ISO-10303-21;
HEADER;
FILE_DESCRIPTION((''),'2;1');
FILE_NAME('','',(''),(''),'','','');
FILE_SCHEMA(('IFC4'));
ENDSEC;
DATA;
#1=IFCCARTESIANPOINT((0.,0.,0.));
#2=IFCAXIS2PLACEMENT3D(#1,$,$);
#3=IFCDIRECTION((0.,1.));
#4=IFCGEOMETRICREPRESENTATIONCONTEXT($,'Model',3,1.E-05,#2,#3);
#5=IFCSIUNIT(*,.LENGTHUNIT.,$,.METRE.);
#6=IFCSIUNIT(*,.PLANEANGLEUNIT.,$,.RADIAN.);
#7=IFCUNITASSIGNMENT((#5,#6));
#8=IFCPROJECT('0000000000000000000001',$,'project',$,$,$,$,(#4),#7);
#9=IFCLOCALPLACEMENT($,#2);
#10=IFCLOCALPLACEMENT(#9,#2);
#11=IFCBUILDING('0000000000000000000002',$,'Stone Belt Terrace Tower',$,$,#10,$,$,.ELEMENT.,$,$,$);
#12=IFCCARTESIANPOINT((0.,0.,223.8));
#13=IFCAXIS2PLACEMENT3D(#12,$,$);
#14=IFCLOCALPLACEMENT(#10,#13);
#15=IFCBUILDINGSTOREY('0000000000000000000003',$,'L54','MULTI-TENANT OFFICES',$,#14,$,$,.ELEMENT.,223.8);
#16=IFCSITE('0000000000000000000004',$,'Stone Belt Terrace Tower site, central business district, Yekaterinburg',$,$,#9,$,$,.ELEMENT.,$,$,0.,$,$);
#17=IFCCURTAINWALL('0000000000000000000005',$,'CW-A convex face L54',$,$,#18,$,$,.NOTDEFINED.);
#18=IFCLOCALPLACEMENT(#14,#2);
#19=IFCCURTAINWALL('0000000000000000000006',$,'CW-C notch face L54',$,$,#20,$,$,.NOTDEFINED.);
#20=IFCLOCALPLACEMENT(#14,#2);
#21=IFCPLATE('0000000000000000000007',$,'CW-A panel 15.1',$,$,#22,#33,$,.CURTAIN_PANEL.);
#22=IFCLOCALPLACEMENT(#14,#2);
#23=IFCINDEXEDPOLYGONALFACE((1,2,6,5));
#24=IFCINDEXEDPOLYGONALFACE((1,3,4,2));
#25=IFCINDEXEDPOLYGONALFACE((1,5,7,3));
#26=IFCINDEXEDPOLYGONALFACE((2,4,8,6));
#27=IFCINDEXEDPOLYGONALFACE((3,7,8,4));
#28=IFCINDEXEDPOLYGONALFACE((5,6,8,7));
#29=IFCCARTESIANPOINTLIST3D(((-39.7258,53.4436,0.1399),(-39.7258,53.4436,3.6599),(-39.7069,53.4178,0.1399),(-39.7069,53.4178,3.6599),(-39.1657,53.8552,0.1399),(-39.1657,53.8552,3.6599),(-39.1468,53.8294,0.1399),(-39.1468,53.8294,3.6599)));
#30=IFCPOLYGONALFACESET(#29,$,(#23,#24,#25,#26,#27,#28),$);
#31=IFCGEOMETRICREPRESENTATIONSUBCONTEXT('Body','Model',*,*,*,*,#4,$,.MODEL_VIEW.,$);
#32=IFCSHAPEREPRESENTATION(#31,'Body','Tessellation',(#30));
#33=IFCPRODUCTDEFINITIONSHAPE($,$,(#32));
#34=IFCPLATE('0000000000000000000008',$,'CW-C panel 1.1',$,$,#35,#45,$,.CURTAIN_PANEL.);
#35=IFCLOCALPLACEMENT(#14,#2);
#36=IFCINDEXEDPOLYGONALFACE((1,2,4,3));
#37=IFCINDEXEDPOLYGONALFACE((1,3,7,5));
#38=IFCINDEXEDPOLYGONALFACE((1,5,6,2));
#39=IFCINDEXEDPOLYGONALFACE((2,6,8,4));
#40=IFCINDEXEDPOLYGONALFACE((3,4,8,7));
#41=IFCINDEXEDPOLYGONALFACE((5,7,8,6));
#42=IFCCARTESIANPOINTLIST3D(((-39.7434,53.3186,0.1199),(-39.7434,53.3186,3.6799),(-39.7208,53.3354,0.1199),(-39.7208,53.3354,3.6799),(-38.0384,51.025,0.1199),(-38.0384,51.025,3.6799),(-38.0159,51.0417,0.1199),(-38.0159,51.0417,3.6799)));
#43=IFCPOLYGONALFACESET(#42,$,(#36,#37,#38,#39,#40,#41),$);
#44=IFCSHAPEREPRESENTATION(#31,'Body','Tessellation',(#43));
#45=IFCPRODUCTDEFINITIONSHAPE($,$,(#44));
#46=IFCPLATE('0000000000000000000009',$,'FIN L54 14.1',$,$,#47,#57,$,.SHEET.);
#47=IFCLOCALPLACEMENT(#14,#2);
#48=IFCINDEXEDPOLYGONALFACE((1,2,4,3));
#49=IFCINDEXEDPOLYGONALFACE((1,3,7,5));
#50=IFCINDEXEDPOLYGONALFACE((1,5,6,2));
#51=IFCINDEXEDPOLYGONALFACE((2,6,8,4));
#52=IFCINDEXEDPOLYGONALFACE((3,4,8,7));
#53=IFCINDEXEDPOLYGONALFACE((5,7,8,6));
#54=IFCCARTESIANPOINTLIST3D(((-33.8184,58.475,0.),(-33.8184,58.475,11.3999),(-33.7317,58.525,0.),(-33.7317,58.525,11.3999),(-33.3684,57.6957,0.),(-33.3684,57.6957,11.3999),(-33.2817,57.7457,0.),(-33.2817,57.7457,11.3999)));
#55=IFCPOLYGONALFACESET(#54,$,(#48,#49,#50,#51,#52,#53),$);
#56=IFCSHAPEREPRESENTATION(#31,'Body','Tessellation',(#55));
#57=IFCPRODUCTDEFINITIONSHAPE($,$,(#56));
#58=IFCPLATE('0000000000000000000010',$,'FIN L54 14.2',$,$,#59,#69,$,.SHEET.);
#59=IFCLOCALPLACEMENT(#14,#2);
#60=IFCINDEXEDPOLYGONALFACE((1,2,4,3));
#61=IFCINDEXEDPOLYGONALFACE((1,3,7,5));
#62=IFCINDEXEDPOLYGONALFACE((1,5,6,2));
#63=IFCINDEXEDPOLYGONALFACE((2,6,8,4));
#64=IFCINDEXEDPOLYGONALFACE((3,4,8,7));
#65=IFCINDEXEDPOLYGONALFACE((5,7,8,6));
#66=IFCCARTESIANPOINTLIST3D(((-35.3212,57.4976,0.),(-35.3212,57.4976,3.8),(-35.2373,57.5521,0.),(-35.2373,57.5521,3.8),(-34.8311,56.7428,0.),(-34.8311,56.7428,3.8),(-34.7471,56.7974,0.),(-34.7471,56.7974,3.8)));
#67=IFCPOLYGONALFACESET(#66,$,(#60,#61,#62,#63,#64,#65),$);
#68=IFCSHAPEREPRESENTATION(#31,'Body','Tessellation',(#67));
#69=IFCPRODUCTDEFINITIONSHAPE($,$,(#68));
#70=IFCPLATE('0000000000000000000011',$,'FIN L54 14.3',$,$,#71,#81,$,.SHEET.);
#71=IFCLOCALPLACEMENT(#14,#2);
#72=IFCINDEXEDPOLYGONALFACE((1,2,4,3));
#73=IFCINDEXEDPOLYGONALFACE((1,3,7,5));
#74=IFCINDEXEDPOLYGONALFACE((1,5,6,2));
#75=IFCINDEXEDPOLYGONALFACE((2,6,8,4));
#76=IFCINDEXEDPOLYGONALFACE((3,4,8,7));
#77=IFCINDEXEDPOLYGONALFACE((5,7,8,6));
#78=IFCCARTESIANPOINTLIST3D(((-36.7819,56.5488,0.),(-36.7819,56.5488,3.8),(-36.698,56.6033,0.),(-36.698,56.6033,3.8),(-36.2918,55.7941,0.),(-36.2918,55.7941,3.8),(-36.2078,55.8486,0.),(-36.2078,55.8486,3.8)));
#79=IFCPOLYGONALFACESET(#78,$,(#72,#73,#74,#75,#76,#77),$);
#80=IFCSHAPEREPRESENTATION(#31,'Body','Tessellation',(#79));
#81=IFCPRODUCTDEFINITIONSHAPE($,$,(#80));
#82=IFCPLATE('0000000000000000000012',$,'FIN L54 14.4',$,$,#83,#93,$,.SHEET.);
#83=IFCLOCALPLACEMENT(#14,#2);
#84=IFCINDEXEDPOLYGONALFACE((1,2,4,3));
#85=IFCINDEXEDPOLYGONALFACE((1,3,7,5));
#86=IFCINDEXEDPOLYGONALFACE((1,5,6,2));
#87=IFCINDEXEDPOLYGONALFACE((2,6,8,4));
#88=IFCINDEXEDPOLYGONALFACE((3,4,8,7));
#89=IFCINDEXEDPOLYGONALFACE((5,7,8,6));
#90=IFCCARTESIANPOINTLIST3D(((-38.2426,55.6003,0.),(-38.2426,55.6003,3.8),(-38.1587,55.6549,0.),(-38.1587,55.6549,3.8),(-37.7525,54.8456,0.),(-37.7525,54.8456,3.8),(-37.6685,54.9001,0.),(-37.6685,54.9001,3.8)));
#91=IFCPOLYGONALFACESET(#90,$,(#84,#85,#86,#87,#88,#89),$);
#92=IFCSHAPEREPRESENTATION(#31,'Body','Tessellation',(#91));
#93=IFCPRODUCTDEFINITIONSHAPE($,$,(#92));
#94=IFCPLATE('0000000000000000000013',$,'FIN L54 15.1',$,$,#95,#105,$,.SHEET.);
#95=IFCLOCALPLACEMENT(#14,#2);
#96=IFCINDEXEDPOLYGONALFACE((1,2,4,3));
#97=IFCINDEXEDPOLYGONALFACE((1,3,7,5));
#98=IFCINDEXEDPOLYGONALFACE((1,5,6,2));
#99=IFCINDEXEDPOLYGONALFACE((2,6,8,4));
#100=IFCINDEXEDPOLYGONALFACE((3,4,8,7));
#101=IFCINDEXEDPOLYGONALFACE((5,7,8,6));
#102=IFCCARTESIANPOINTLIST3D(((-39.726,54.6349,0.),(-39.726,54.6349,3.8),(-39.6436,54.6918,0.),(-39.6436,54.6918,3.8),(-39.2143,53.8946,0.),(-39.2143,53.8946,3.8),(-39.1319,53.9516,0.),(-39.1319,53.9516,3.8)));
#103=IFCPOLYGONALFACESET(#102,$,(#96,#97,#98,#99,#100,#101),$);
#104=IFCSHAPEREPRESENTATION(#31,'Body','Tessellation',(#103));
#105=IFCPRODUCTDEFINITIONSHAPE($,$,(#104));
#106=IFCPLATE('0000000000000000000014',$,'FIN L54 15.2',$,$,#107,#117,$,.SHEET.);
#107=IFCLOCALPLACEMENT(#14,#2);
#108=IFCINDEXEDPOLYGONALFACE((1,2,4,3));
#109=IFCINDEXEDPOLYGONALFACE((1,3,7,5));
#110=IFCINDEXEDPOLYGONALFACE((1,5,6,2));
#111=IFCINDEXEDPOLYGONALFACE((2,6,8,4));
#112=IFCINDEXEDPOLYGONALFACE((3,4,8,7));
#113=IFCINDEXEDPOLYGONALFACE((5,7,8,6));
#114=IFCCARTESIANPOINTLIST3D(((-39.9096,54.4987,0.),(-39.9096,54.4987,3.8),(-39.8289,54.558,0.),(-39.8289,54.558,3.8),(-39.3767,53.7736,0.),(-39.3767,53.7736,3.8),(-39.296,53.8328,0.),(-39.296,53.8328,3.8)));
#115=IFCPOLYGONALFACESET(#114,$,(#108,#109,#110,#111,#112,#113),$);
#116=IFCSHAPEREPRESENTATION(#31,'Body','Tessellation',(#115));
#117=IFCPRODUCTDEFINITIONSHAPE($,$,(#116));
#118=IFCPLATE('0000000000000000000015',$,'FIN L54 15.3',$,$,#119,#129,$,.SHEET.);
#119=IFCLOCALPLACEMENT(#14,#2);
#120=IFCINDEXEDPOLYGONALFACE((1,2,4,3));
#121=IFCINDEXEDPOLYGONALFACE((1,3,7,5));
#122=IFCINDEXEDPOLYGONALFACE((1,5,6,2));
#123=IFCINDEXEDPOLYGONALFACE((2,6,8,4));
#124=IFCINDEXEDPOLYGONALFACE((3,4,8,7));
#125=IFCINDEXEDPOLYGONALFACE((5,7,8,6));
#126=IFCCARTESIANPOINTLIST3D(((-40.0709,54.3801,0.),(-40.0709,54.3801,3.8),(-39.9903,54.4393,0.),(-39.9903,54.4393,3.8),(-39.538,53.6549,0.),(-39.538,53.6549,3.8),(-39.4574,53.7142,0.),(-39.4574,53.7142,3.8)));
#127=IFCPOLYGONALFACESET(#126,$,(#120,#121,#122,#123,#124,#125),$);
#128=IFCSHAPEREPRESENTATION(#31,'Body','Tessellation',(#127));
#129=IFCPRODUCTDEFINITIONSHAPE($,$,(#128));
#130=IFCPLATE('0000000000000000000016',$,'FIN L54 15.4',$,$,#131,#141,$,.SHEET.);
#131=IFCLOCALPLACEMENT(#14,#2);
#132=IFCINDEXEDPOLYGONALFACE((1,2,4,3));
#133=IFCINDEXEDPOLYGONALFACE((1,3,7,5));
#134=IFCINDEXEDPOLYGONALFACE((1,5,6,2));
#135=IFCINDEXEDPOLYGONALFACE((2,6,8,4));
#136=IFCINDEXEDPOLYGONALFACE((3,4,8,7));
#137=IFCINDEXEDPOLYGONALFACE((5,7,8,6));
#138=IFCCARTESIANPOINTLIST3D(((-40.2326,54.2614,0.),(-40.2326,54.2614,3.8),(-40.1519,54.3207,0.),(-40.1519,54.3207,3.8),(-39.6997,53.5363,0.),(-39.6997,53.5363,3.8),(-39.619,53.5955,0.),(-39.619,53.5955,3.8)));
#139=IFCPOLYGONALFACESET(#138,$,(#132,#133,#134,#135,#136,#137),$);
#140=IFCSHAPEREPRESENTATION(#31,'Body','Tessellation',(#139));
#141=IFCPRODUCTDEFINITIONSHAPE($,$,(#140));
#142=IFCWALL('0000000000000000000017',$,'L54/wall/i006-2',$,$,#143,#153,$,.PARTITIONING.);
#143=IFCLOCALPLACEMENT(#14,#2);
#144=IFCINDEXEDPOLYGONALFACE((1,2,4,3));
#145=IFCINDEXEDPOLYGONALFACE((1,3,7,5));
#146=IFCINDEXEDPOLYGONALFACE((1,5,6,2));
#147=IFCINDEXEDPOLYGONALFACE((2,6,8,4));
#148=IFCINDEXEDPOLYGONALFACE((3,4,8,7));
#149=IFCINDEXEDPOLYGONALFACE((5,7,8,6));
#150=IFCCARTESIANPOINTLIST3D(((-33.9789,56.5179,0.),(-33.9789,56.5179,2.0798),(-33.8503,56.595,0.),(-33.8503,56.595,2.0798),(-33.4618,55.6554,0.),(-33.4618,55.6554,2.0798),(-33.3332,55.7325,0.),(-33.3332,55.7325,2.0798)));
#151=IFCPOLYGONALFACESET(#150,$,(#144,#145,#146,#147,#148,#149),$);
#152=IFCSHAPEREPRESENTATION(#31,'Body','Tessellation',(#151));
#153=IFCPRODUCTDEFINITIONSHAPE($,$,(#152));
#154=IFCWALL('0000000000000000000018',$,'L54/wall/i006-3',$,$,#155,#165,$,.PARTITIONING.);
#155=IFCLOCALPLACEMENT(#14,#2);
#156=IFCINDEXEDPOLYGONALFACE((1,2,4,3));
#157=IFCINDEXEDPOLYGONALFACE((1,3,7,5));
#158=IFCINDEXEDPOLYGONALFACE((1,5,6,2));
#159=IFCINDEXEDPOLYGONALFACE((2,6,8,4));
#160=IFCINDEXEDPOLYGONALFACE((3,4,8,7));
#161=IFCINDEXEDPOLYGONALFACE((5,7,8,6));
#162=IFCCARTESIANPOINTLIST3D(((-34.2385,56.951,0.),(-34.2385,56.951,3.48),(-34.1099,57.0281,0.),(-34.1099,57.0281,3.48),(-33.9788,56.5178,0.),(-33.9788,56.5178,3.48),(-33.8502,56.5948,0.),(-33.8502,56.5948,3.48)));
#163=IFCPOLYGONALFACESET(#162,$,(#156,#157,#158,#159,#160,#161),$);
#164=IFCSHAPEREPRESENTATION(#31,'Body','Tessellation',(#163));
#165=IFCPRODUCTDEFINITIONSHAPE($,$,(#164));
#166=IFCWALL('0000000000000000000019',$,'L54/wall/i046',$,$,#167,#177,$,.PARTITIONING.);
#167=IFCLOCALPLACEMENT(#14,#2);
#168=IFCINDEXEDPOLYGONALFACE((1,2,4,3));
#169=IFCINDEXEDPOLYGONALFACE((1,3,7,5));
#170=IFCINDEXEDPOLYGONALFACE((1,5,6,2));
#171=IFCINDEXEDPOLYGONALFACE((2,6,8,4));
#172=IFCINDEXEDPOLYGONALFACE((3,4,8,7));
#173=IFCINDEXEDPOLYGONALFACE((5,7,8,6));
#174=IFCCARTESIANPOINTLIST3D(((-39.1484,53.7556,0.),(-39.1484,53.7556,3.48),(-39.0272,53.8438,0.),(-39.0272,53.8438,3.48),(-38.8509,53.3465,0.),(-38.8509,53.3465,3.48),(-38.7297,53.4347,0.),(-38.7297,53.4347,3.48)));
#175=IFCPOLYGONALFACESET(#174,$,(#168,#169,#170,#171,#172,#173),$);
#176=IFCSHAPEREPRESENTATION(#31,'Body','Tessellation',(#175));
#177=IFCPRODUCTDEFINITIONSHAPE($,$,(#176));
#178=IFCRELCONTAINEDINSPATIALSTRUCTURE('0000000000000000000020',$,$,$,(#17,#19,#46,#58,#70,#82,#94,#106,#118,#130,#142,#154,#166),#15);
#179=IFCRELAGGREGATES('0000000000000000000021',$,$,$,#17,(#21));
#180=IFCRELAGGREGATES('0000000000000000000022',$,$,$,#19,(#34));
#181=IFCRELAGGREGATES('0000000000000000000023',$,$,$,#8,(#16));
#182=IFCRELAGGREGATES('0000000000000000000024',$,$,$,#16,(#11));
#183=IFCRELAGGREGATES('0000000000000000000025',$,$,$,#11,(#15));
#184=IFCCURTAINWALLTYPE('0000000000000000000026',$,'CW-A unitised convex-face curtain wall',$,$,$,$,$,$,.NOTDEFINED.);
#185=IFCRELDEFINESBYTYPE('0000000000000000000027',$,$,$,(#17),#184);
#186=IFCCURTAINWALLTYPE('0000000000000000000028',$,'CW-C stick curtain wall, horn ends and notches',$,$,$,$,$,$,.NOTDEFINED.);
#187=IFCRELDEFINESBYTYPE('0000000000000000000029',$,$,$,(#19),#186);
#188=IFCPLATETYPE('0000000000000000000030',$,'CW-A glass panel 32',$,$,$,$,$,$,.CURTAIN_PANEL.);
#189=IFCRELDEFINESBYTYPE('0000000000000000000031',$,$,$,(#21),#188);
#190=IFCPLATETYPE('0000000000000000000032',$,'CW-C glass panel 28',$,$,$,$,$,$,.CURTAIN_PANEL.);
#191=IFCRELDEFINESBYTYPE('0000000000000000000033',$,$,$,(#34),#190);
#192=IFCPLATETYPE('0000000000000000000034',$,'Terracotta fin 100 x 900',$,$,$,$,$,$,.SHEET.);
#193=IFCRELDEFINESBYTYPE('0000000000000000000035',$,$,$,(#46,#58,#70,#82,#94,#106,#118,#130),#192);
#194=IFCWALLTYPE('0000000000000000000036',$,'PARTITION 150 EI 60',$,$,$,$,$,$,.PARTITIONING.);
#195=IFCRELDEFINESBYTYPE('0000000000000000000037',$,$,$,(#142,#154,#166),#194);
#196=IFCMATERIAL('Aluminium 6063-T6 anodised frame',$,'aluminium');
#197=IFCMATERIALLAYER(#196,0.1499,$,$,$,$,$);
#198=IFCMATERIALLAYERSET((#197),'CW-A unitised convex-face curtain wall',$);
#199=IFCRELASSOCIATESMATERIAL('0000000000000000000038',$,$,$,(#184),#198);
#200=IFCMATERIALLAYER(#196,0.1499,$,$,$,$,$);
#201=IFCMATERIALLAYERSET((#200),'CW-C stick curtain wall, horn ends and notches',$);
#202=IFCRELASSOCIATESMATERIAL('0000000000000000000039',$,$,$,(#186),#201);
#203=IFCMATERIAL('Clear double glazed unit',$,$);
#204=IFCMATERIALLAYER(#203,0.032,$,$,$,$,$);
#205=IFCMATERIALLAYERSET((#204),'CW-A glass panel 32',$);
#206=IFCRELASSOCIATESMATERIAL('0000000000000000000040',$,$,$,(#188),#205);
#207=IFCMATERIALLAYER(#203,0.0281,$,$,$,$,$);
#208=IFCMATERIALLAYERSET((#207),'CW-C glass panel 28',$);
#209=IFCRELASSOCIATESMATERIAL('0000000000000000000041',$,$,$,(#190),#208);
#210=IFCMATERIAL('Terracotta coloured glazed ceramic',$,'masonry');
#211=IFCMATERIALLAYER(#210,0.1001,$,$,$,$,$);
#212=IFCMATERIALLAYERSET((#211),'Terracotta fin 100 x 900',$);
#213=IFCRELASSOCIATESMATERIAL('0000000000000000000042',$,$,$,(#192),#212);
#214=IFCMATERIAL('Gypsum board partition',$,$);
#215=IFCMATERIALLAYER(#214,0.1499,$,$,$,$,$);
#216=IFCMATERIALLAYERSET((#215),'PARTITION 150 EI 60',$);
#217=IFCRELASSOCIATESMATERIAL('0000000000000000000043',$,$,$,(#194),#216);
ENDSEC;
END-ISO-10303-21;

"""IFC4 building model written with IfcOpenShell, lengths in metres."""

from ifc_helpers import new_model, si_unit, direction, frame, frame_2d, origin, origin_2d, place, context, subcontext, project, spatial, rectangle, extrude, material, layer, layer_set, type_object, element, aggregate, save


model = new_model("IFC4")

# Units and contexts
model_context = context("Model", 3, precision=1e-05, world=origin(), true_north=direction((0.0, 1.0)))
body_context = subcontext(model_context, "Body", "Model", "MODEL_VIEW")
ifc_project = project(units=[si_unit("LENGTHUNIT", "METRE"), si_unit("PLANEANGLEUNIT", "RADIAN")], contexts=[model_context])

# Site, building, storey
site_placement = place(None, origin())
site = spatial("IfcSite", under=ifc_project, at=site_placement, Name="Stone Belt Terrace Tower site, central business district, Yekaterinburg", CompositionType="ELEMENT", RefElevation=0.0)
building_placement = place(site_placement, origin())
building = spatial("IfcBuilding", under=site, at=building_placement, Name="Stone Belt Terrace Tower", CompositionType="ELEMENT")
storey_placement = place(building_placement, frame((0.0, 0.0, 223.8)))
storey = spatial("IfcBuildingStorey", under=building, at=storey_placement, Name="L54", Description="MULTI-TENANT OFFICES", CompositionType="ELEMENT", Elevation=223.8)

# Curtain wall
ifc_material_1 = material(Name="Aluminium 6063-T6 anodised frame", Category="aluminium")
ifc_layer_1 = layer(ifc_material_1, 0.1499)
ifc_layer_set_1 = layer_set([ifc_layer_1], Name="CW-A unitised convex-face curtain wall")
curtain_wall_type_1 = type_object("IfcCurtainWallType", Name="CW-A unitised convex-face curtain wall", PredefinedType="NOTDEFINED", material=ifc_layer_set_1)
curtain_wall_1_placement = place(storey_placement, origin())
curtain_wall_1 = element("IfcCurtainWall", 1, at=curtain_wall_1_placement, inside=storey, type_object=curtain_wall_type_1, Name="CW-A convex face L54", PredefinedType="NOTDEFINED")

# Curtain wall
ifc_layer_2 = layer(ifc_material_1, 0.1499)
ifc_layer_set_2 = layer_set([ifc_layer_2], Name="CW-C stick curtain wall, horn ends and notches")
curtain_wall_type_2 = type_object("IfcCurtainWallType", Name="CW-C stick curtain wall, horn ends and notches", PredefinedType="NOTDEFINED", material=ifc_layer_set_2)
curtain_wall_2_placement = place(storey_placement, origin())
curtain_wall_2 = element("IfcCurtainWall", 2, at=curtain_wall_2_placement, inside=storey, type_object=curtain_wall_type_2, Name="CW-C notch face L54", PredefinedType="NOTDEFINED")

# Plates
ifc_material_2 = material(Name="Clear double glazed unit")
ifc_layer_3 = layer(ifc_material_2, 0.032)
ifc_layer_set_3 = layer_set([ifc_layer_3], Name="CW-A glass panel 32")
plate_type_1 = type_object("IfcPlateType", Name="CW-A glass panel 32", PredefinedType="CURTAIN_PANEL", material=ifc_layer_set_3)
plate_1_placement = place(storey_placement, frame((-39.4363, 53.6365, 0.1399), z_axis=(0.0, 0.0, 1.0), x_axis=(-0.805805, -0.592181, 0.0)))
plate_1 = element("IfcPlate", 3, at=plate_1_placement, type_object=plate_type_1, Name="CW-A panel 15.1", PredefinedType="CURTAIN_PANEL", context=body_context, shape_type="SweptSolid", body=[
    extrude(rectangle(XDim=0.6951, YDim=0.032, at=origin_2d()), origin(), (0.0, 0.0, 1.0), 3.52),
])
aggregate(curtain_wall_1, [plate_1])
ifc_layer_4 = layer(ifc_material_2, 0.0281)
ifc_layer_set_4 = layer_set([ifc_layer_4], Name="CW-C glass panel 28")
plate_type_2 = type_object("IfcPlateType", Name="CW-C glass panel 28", PredefinedType="CURTAIN_PANEL", material=ifc_layer_set_4)
plate_2_placement = place(storey_placement, frame((-38.8796, 52.1802, 0.1199), z_axis=(0.0, 0.0, 1.0), x_axis=(0.596559, -0.802569, 0.0)))
plate_2 = element("IfcPlate", 4, at=plate_2_placement, type_object=plate_type_2, Name="CW-C panel 1.1", PredefinedType="CURTAIN_PANEL", context=body_context, shape_type="SweptSolid", body=[
    extrude(rectangle(XDim=2.8579, YDim=0.0281, at=origin_2d()), origin(), (0.0, 0.0, 1.0), 3.5601),
])
aggregate(curtain_wall_2, [plate_2])

# Plates
ifc_material_3 = material(Name="Terracotta coloured glazed ceramic", Category="masonry")
ifc_layer_5 = layer(ifc_material_3, 0.1001)
ifc_layer_set_5 = layer_set([ifc_layer_5], Name="Terracotta fin 100 x 900")
plate_type_3 = type_object("IfcPlateType", Name="Terracotta fin 100 x 900", PredefinedType="SHEET", material=ifc_layer_set_5)
plate_3_placement = place(storey_placement, frame((-33.55, 58.1104, 0.0), z_axis=(0.0, 0.0, 1.0), x_axis=(-0.5, 0.866025, 0.0)))
element("IfcPlate", 5, at=plate_3_placement, inside=storey, type_object=plate_type_3, Name="FIN L54 14.1", PredefinedType="SHEET", context=body_context, shape_type="SweptSolid", body=[
    extrude(rectangle(XDim=0.8999, YDim=0.1001, at=origin_2d()), origin(), (0.0, 0.0, 1.0), 11.3999),
])
for number, where, z_axis, x_axis, name in (
    (6, (-35.0342, 57.1475, 0.0), (0.0, 0.0, 1.0), (-0.544639, 0.838671, 0.0), "FIN L54 14.2"),
    (7, (-36.4949, 56.1987, 0.0), (0.0, 0.0, 1.0), (-0.544639, 0.838671, 0.0), "FIN L54 14.3"),
    (8, (-37.9556, 55.2502, 0.0), (0.0, 0.0, 1.0), (-0.544639, 0.838671, 0.0), "FIN L54 14.4"),
    (9, (-39.429, 54.2932, 0.0), (0.0, 0.0, 1.0), (-0.568648, 0.822581, 0.0), "FIN L54 15.1"),
    (10, (-39.6028, 54.1658, 0.0), (0.0, 0.0, 1.0), (-0.592181, 0.805805, 0.0), "FIN L54 15.2"),
    (11, (-39.7642, 54.0471, 0.0), (0.0, 0.0, 1.0), (-0.592181, 0.805805, 0.0), "FIN L54 15.3"),
    (12, (-39.9258, 53.9285, 0.0), (0.0, 0.0, 1.0), (-0.592181, 0.805805, 0.0), "FIN L54 15.4"),
):
    element("IfcPlate", number, at=place(storey_placement, frame(where, z_axis=z_axis, x_axis=x_axis)), inside=storey, type_object=plate_type_3, Name=name, PredefinedType="SHEET", context=body_context, shape_type="SweptSolid", body=[
        extrude(rectangle(XDim=0.8999, YDim=0.1001, at=origin_2d()), origin(), (0.0, 0.0, 1.0), 3.8),
    ])

# Walls
ifc_material_4 = material(Name="Gypsum board partition")
ifc_layer_6 = layer(ifc_material_4, 0.1499)
ifc_layer_set_6 = layer_set([ifc_layer_6], Name="PARTITION 150 EI 60")
wall_type = type_object("IfcWallType", Name="PARTITION 150 EI 60", PredefinedType="PARTITIONING", material=ifc_layer_set_6)
wall_1_placement = place(storey_placement, frame((-33.3975, 55.6938, 0.0), z_axis=(0.0, 0.0, 1.0), x_axis=(-0.514174, 0.857686, 0.0)))
element("IfcWall", 13, at=wall_1_placement, inside=storey, type_object=wall_type, Name="L54/wall/i006-2", PredefinedType="PARTITIONING", context=body_context, shape_type="SweptSolid", body=[
    extrude(rectangle(XDim=1.0056, YDim=0.1499, at=frame_2d((0.5029, 0.0))), origin(), (0.0, 0.0, 1.0), 2.0798),
])
wall_2_placement = place(storey_placement, frame((-33.9146, 56.5564, 0.0), z_axis=(0.0, 0.0, 1.0), x_axis=(-0.51414, 0.857706, 0.0)))
element("IfcWall", 14, at=wall_2_placement, inside=storey, type_object=wall_type, Name="L54/wall/i006-3", PredefinedType="PARTITIONING", context=body_context, shape_type="SweptSolid", body=[
    extrude(rectangle(XDim=0.5051, YDim=0.1499, at=frame_2d((0.2524, 0.0))), origin(), (0.0, 0.0, 1.0), 3.48),
])
wall_3_placement = place(storey_placement, frame((-38.7903, 53.3906, 0.0), z_axis=(0.0, 0.0, 1.0), x_axis=(-0.5882, 0.808715, 0.0)))
element("IfcWall", 15, at=wall_3_placement, inside=storey, type_object=wall_type, Name="L54/wall/i046", PredefinedType="PARTITIONING", context=body_context, shape_type="SweptSolid", body=[
    extrude(rectangle(XDim=0.5059, YDim=0.1499, at=frame_2d((0.2529, 0.0))), origin(), (0.0, 0.0, 1.0), 3.48),
])

save(model, "model.ifc")
